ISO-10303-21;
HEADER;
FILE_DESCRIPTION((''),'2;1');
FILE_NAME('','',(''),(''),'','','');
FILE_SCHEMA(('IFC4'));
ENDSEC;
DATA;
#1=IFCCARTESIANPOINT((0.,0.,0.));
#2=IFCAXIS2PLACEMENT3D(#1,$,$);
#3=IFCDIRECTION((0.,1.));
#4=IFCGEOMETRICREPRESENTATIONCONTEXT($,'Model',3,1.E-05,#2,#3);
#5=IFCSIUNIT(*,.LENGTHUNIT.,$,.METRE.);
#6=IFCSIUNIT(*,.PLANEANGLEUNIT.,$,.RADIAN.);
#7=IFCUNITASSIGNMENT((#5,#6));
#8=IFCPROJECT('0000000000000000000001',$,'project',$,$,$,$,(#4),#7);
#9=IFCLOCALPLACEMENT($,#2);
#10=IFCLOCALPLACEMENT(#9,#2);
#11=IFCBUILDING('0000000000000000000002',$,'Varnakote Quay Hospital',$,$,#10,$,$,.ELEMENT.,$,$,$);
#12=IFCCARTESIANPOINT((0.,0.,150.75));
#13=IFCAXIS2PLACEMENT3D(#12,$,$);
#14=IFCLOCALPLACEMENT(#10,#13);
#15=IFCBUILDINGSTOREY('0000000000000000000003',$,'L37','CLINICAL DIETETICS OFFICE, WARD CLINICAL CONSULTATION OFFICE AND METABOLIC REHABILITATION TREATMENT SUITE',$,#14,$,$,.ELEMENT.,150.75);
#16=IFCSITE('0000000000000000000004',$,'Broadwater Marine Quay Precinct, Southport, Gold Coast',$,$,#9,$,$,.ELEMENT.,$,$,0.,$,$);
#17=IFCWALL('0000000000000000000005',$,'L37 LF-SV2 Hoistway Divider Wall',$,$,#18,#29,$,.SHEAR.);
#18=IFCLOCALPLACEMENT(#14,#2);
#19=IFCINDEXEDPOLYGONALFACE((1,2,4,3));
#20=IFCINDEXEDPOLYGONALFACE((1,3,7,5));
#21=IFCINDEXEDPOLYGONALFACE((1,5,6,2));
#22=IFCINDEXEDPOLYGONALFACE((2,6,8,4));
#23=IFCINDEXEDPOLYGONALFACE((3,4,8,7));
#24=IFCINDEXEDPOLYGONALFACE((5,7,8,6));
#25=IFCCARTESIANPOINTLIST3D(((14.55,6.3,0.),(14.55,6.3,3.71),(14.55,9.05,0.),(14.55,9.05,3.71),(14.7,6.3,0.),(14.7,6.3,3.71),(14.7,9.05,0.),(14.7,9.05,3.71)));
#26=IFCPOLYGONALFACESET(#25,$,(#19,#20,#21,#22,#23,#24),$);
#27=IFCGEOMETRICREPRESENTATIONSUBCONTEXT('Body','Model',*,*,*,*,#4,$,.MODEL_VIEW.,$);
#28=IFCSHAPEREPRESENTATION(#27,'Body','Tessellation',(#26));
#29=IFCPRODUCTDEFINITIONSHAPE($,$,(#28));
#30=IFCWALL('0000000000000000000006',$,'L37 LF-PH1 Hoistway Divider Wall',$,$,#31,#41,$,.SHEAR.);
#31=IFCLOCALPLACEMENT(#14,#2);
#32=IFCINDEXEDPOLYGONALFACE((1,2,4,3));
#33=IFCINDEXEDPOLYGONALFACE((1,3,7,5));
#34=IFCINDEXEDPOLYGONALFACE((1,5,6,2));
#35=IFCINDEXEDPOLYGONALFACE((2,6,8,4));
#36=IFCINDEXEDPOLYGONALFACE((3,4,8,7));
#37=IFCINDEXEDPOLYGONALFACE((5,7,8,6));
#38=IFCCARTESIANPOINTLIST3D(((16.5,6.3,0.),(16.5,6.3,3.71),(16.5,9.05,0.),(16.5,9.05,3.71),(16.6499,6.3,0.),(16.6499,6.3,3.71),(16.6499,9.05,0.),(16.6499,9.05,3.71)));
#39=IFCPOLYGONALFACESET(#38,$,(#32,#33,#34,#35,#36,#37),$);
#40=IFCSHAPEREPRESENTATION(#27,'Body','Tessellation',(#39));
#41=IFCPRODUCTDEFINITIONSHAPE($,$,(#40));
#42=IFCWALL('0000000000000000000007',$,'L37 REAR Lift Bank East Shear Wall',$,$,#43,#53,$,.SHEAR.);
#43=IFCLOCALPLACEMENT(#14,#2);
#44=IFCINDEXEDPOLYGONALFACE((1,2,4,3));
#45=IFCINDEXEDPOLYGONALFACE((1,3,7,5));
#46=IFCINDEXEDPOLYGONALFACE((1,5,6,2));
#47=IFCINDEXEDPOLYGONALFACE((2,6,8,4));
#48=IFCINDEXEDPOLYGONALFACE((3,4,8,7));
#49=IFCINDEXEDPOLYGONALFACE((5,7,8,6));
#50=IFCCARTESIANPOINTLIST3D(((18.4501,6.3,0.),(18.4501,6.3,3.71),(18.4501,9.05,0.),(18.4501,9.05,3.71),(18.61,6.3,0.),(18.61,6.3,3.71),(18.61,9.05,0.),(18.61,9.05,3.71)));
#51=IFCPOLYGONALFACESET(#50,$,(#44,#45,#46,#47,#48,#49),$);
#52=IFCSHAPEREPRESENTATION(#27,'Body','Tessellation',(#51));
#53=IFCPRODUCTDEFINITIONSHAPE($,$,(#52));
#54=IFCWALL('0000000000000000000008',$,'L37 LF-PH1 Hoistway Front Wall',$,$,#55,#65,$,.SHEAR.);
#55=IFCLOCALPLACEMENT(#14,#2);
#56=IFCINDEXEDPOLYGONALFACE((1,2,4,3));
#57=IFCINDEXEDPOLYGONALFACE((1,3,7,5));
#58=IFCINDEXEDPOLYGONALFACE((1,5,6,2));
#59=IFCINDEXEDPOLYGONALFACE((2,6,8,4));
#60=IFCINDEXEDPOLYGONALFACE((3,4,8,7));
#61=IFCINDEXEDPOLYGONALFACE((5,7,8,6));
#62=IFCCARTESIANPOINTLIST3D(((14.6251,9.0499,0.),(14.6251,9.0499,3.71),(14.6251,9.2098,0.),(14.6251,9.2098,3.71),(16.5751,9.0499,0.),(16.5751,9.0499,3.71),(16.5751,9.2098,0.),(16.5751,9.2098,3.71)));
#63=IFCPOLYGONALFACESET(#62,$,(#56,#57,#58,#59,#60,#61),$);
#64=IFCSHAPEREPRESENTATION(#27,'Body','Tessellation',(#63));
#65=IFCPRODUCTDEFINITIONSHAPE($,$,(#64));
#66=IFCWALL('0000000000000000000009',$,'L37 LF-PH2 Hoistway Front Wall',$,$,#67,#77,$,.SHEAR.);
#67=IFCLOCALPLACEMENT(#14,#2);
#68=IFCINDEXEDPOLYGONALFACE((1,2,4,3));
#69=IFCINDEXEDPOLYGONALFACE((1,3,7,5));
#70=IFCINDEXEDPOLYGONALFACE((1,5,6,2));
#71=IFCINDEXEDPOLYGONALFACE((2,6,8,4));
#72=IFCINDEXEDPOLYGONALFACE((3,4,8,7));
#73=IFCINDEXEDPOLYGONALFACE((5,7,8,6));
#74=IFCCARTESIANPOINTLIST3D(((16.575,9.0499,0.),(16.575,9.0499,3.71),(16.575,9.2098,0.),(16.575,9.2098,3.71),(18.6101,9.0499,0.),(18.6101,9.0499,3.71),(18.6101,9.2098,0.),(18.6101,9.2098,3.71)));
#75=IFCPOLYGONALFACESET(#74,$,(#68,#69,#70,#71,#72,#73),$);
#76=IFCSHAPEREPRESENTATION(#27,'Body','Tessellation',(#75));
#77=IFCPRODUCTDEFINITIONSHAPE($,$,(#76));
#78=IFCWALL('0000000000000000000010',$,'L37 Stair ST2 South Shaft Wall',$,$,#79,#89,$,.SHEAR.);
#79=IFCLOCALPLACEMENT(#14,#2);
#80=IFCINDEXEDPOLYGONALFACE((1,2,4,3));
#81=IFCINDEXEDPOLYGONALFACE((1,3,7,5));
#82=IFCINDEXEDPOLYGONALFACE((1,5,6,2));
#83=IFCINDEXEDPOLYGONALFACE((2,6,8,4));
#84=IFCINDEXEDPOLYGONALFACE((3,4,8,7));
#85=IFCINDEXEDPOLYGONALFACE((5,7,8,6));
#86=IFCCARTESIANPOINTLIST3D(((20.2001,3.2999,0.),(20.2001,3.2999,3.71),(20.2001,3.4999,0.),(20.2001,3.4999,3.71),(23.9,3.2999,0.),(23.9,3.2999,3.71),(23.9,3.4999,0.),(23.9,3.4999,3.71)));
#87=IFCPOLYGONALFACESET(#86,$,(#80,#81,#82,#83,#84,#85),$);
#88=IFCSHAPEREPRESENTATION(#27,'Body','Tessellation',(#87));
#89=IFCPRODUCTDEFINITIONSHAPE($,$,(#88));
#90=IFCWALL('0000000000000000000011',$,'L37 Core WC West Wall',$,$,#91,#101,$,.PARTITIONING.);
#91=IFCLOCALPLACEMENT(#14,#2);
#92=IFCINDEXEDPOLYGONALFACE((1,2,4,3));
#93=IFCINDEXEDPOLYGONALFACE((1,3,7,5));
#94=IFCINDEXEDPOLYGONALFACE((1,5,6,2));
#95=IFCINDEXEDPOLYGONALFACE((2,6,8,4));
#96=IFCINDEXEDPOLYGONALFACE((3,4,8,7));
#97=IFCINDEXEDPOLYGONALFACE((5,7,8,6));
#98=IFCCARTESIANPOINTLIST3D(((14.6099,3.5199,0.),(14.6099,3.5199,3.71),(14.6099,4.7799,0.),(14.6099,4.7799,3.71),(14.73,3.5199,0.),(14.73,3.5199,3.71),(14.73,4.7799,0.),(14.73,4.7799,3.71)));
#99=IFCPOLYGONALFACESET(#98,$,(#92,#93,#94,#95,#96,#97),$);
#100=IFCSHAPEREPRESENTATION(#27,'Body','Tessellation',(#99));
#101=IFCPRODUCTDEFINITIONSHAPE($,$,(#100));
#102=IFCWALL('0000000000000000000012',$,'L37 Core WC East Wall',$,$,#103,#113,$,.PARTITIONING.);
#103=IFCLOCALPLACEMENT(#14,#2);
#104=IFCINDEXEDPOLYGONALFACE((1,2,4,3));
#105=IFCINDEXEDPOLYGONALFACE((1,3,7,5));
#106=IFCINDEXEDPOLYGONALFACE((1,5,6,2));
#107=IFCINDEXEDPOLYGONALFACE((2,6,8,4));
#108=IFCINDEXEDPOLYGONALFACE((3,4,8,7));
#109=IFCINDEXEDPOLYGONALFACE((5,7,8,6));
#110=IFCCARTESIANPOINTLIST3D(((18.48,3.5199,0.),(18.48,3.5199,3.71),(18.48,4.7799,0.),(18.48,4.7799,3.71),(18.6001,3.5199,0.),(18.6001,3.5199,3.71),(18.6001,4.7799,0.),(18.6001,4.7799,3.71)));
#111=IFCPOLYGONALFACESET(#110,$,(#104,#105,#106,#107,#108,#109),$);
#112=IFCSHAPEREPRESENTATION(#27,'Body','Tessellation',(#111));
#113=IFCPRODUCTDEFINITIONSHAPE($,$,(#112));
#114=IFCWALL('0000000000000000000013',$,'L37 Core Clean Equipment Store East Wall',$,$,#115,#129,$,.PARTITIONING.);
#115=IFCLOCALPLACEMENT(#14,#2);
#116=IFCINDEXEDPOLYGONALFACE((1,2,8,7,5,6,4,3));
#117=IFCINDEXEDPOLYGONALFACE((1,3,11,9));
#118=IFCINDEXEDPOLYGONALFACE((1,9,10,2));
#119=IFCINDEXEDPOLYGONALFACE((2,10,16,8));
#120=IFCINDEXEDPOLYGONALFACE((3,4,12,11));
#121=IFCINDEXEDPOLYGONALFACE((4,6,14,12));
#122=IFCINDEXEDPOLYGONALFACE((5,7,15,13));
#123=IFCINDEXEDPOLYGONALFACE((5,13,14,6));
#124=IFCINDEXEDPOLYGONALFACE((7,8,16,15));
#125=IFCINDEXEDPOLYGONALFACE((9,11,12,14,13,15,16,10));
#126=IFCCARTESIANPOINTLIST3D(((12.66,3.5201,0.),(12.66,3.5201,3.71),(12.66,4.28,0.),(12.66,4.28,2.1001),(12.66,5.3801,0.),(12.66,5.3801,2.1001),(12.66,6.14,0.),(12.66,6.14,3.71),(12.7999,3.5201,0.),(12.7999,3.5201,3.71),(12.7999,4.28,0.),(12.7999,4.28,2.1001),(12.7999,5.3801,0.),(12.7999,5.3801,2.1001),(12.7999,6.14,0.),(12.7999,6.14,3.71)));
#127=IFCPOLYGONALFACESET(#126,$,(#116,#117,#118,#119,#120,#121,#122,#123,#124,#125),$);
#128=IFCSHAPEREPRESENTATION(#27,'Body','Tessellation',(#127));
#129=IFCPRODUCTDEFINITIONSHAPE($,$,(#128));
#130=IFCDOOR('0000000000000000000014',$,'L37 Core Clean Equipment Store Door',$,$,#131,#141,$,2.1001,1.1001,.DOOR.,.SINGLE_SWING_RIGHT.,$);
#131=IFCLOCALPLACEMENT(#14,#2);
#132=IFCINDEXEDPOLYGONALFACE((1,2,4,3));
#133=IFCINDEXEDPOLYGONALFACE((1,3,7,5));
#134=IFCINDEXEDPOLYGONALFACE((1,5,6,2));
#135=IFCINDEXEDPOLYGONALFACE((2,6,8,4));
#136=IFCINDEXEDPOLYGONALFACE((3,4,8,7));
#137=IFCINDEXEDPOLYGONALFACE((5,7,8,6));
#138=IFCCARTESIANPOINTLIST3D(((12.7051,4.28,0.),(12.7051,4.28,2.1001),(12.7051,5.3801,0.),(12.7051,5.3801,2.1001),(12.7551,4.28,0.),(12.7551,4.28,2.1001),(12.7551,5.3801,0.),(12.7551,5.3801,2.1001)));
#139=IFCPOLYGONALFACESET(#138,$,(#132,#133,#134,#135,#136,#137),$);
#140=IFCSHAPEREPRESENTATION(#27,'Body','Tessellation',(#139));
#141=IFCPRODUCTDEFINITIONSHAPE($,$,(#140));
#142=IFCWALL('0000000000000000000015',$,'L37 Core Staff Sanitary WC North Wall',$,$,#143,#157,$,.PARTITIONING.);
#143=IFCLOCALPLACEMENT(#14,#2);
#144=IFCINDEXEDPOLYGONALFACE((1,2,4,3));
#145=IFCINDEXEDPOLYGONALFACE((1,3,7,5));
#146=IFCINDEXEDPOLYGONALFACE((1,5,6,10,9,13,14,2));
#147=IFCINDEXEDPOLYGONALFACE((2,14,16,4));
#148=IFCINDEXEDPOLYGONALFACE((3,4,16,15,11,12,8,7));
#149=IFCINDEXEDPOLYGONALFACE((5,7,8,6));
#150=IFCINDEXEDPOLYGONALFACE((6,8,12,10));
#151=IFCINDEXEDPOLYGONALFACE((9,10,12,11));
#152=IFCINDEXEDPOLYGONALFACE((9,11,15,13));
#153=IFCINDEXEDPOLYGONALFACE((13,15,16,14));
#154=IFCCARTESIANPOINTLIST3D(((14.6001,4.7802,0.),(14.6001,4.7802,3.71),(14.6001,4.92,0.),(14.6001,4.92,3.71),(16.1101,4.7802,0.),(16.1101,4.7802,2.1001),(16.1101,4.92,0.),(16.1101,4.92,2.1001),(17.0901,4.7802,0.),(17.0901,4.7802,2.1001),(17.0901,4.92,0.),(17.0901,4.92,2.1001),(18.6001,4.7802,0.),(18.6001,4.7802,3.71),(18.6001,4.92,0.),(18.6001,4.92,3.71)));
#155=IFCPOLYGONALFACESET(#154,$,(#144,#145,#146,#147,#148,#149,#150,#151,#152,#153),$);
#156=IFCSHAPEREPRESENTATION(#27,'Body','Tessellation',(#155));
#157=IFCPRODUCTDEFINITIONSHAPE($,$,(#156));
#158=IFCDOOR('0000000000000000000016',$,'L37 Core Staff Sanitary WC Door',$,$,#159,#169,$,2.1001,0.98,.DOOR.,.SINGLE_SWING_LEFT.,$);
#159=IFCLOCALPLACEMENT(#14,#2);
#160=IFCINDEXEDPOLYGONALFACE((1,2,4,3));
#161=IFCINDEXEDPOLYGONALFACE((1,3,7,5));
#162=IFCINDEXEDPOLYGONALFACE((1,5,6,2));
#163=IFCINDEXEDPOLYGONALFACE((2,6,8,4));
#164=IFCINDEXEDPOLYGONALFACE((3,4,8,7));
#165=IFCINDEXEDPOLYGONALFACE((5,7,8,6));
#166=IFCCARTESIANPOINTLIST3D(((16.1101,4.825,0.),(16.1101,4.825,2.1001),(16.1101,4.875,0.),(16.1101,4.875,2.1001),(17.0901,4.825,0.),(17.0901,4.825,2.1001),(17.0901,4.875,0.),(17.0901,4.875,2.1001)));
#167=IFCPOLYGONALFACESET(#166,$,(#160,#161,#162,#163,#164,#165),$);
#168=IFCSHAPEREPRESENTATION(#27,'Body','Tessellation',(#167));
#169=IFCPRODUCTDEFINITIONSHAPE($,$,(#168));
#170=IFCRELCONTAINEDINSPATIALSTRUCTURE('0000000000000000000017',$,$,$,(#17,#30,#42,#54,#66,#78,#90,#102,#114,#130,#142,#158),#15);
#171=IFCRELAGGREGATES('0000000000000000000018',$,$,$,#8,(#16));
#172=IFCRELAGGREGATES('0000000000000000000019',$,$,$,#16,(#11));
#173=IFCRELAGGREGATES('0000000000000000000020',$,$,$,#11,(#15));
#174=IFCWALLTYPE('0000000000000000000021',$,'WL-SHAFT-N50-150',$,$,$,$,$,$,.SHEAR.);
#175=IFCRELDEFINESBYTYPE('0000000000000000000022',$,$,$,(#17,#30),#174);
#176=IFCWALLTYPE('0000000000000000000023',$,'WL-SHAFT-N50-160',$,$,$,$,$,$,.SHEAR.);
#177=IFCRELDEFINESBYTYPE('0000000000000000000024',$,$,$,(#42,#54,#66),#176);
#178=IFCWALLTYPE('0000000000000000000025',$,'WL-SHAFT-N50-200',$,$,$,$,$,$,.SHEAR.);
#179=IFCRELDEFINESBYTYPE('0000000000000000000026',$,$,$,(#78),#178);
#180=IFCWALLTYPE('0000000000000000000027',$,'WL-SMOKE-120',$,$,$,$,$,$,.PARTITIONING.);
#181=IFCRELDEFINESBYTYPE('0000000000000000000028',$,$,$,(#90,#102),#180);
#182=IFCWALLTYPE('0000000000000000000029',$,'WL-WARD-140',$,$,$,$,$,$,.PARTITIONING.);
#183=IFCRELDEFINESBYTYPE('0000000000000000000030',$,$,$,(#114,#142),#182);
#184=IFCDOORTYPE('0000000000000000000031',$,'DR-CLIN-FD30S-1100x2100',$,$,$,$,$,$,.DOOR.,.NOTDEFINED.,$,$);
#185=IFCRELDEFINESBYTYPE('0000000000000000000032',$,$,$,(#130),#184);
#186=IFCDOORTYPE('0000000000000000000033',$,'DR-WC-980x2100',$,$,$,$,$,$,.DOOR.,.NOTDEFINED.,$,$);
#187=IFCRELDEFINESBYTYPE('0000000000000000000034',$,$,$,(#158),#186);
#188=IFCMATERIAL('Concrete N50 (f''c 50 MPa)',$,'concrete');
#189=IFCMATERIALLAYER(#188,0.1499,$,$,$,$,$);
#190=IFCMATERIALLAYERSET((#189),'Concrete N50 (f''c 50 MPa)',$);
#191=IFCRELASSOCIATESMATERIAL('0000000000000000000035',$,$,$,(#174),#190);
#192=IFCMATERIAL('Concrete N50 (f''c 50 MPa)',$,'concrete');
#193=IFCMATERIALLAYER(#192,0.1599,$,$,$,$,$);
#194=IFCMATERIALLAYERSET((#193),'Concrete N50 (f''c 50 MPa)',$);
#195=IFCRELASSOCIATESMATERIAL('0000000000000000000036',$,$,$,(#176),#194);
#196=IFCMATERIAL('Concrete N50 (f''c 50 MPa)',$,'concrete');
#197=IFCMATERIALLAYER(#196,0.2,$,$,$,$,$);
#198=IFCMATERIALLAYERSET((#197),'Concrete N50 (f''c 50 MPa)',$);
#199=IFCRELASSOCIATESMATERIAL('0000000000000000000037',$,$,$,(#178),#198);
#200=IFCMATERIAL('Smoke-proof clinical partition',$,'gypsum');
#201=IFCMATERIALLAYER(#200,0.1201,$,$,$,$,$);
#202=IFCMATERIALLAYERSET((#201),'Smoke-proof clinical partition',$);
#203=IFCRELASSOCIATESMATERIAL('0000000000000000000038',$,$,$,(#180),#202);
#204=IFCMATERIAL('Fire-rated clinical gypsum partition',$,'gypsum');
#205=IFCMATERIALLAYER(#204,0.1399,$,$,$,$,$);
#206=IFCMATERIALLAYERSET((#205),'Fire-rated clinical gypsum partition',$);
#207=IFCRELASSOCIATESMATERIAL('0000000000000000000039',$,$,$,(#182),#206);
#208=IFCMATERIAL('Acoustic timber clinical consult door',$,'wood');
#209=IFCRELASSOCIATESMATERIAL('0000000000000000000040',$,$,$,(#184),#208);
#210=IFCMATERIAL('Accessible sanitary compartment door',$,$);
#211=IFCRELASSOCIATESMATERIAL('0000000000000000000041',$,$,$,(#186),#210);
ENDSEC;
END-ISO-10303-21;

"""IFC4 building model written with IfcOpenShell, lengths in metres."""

from ifc_helpers import new_model, si_unit, direction, frame, frame_2d, origin, place, context, subcontext, project, spatial, rectangle, extrude, material, layer, layer_set, type_object, element, fill, save


model = new_model("IFC4")

# Units and contexts
model_context = context("Model", 3, precision=1e-05, world=origin(), true_north=direction((0.0, 1.0)))
body_context = subcontext(model_context, "Body", "Model", "MODEL_VIEW")
ifc_project = project(units=[si_unit("LENGTHUNIT", "METRE"), si_unit("PLANEANGLEUNIT", "RADIAN")], contexts=[model_context])

# Site, building, storey
site_placement = place(None, origin())
site = spatial("IfcSite", under=ifc_project, at=site_placement, Name="Broadwater Marine Quay Precinct, Southport, Gold Coast", CompositionType="ELEMENT", RefElevation=0.0)
building_placement = place(site_placement, origin())
building = spatial("IfcBuilding", under=site, at=building_placement, Name="Varnakote Quay Hospital", CompositionType="ELEMENT")
storey_placement = place(building_placement, frame((0.0, 0.0, 150.75)))
storey = spatial("IfcBuildingStorey", under=building, at=storey_placement, Name="L37", Description="CLINICAL DIETETICS OFFICE, WARD CLINICAL CONSULTATION OFFICE AND METABOLIC REHABILITATION TREATMENT SUITE", CompositionType="ELEMENT", Elevation=150.75)

# Walls
ifc_material_1 = material(Name="Concrete N50 (f'c 50 MPa)", Category="concrete")
ifc_layer_1 = layer(ifc_material_1, 0.1499)
ifc_layer_set_1 = layer_set([ifc_layer_1], Name="Concrete N50 (f'c 50 MPa)")
wall_type_1 = type_object("IfcWallType", Name="WL-SHAFT-N50-150", PredefinedType="SHEAR", material=ifc_layer_set_1)
for number, where, z_axis, x_axis, name in (
    (1, (14.625, 6.3, 0.0), (0.0, 0.0, 1.0), (0.0, 1.0, 0.0), "L37 LF-SV2 Hoistway Divider Wall"),
    (2, (16.575, 6.3, 0.0), (0.0, 0.0, 1.0), (0.0, 1.0, 0.0), "L37 LF-PH1 Hoistway Divider Wall"),
):
    element("IfcWall", number, at=place(storey_placement, frame(where, z_axis=z_axis, x_axis=x_axis)), inside=storey, type_object=wall_type_1, Name=name, PredefinedType="SHEAR", context=body_context, shape_type="SweptSolid", body=[
        extrude(rectangle(XDim=2.75, YDim=0.1499, at=frame_2d((1.375, 0.0))), origin(), (0.0, 0.0, 1.0), 3.71),
    ])
ifc_material_2 = material(Name="Concrete N50 (f'c 50 MPa)", Category="concrete")
ifc_layer_2 = layer(ifc_material_2, 0.1599)
ifc_layer_set_2 = layer_set([ifc_layer_2], Name="Concrete N50 (f'c 50 MPa)")
wall_type_2 = type_object("IfcWallType", Name="WL-SHAFT-N50-160", PredefinedType="SHEAR", material=ifc_layer_set_2)
wall_1_placement = place(storey_placement, frame((18.53, 6.3, 0.0), z_axis=(0.0, 0.0, 1.0), x_axis=(0.0, 1.0, 0.0)))
element("IfcWall", 3, at=wall_1_placement, inside=storey, type_object=wall_type_2, Name="L37 REAR Lift Bank East Shear Wall", PredefinedType="SHEAR", context=body_context, shape_type="SweptSolid", body=[
    extrude(rectangle(XDim=2.75, YDim=0.1599, at=frame_2d((1.375, 0.0))), origin(), (0.0, 0.0, 1.0), 3.71),
])

# Walls
wall_2_placement = place(storey_placement, frame((14.625, 9.1299, 0.0), z_axis=(0.0, 0.0, 1.0), x_axis=(1.0, 0.0, 0.0)))
element("IfcWall", 4, at=wall_2_placement, inside=storey, type_object=wall_type_2, Name="L37 LF-PH1 Hoistway Front Wall", PredefinedType="SHEAR", context=body_context, shape_type="SweptSolid", body=[
    extrude(rectangle(XDim=1.95, YDim=0.1599, at=frame_2d((0.9751, 0.0))), origin(), (0.0, 0.0, 1.0), 3.71),
])
wall_3_placement = place(storey_placement, frame((16.575, 9.1299, 0.0), z_axis=(0.0, 0.0, 1.0), x_axis=(1.0, 0.0, 0.0)))
element("IfcWall", 5, at=wall_3_placement, inside=storey, type_object=wall_type_2, Name="L37 LF-PH2 Hoistway Front Wall", PredefinedType="SHEAR", context=body_context, shape_type="SweptSolid", body=[
    extrude(rectangle(XDim=2.0352, YDim=0.1599, at=frame_2d((1.0176, 0.0))), origin(), (0.0, 0.0, 1.0), 3.71),
])
ifc_material_3 = material(Name="Concrete N50 (f'c 50 MPa)", Category="concrete")
ifc_layer_3 = layer(ifc_material_3, 0.2)
ifc_layer_set_3 = layer_set([ifc_layer_3], Name="Concrete N50 (f'c 50 MPa)")
wall_type_3 = type_object("IfcWallType", Name="WL-SHAFT-N50-200", PredefinedType="SHEAR", material=ifc_layer_set_3)
wall_4_placement = place(storey_placement, frame((20.2, 3.3999, 0.0), z_axis=(0.0, 0.0, 1.0), x_axis=(1.0, 0.0, 0.0)))
element("IfcWall", 6, at=wall_4_placement, inside=storey, type_object=wall_type_3, Name="L37 Stair ST2 South Shaft Wall", PredefinedType="SHEAR", context=body_context, shape_type="SweptSolid", body=[
    extrude(rectangle(XDim=3.7, YDim=0.2, at=frame_2d((1.8501, 0.0))), origin(), (0.0, 0.0, 1.0), 3.71),
])

# Walls
ifc_material_4 = material(Name="Smoke-proof clinical partition", Category="gypsum")
ifc_layer_4 = layer(ifc_material_4, 0.1201)
ifc_layer_set_4 = layer_set([ifc_layer_4], Name="Smoke-proof clinical partition")
wall_type_4 = type_object("IfcWallType", Name="WL-SMOKE-120", PredefinedType="PARTITIONING", material=ifc_layer_set_4)
for number, where, z_axis, x_axis, name in (
    (7, (14.6699, 3.52, 0.0), (0.0, 0.0, 1.0), (0.0, 1.0, 0.0), "L37 Core WC West Wall"),
    (8, (18.54, 3.52, 0.0), (0.0, 0.0, 1.0), (0.0, 1.0, 0.0), "L37 Core WC East Wall"),
):
    element("IfcWall", number, at=place(storey_placement, frame(where, z_axis=z_axis, x_axis=x_axis)), inside=storey, type_object=wall_type_4, Name=name, PredefinedType="PARTITIONING", context=body_context, shape_type="SweptSolid", body=[
        extrude(rectangle(XDim=1.26, YDim=0.1201, at=frame_2d((0.6299, 0.0))), origin(), (0.0, 0.0, 1.0), 3.71),
    ])

# Walls, openings, doors
ifc_material_5 = material(Name="Fire-rated clinical gypsum partition", Category="gypsum")
ifc_layer_5 = layer(ifc_material_5, 0.1399)
ifc_layer_set_5 = layer_set([ifc_layer_5], Name="Fire-rated clinical gypsum partition")
wall_type_5 = type_object("IfcWallType", Name="WL-WARD-140", PredefinedType="PARTITIONING", material=ifc_layer_set_5)
wall_5_placement = place(storey_placement, frame((12.73, 3.52, 0.0), z_axis=(0.0, 0.0, 1.0), x_axis=(0.0, 1.0, 0.0)))
wall_5 = element("IfcWall", 9, at=wall_5_placement, inside=storey, type_object=wall_type_5, Name="L37 Core Clean Equipment Store East Wall", PredefinedType="PARTITIONING", context=body_context, shape_type="SweptSolid", body=[
    extrude(rectangle(XDim=2.6199, YDim=0.1399, at=frame_2d((1.3101, 0.0))), origin(), (0.0, 0.0, 1.0), 3.71),
])
opening_1_placement = place(wall_5_placement, frame((0.76, 0.0, 0.0)))
opening_1 = element("IfcOpeningElement", 10, at=opening_1_placement, cuts=wall_5, PredefinedType="OPENING", context=body_context, shape_type="SweptSolid", body=[
    extrude(rectangle(XDim=1.1001, YDim=2.1001, at=frame_2d((0.55, 1.05))), frame((0.0, 0.0798, 0.0), z_axis=(0.0, -1.0, 0.0), x_axis=(1.0, 0.0, 0.0)), (0.0, 0.0, 1.0), 0.1599),
])
ifc_material_6 = material(Name="Acoustic timber clinical consult door", Category="wood")
door_type_1 = type_object("IfcDoorType", Name="DR-CLIN-FD30S-1100x2100", OperationType="NOTDEFINED", PredefinedType="DOOR", material=ifc_material_6)
door_1_placement = place(opening_1_placement, origin())
door_1 = element("IfcDoor", 11, at=door_1_placement, inside=storey, type_object=door_type_1, Name="L37 Core Clean Equipment Store Door", OperationType="SINGLE_SWING_RIGHT", OverallHeight=2.1001, OverallWidth=1.1001, PredefinedType="DOOR", context=body_context, shape_type="SweptSolid", body=[
    extrude(rectangle(XDim=1.1001, YDim=2.1001, at=frame_2d((0.55, 1.05))), frame((0.0, 0.0249, 0.0), z_axis=(0.0, -1.0, 0.0), x_axis=(1.0, 0.0, 0.0)), (0.0, 0.0, 1.0), 0.05),
])
fill(opening_1, door_1)
wall_6_placement = place(storey_placement, frame((14.6001, 4.8501, 0.0), z_axis=(0.0, 0.0, 1.0), x_axis=(1.0, 0.0, 0.0)))
wall_6 = element("IfcWall", 12, at=wall_6_placement, inside=storey, type_object=wall_type_5, Name="L37 Core Staff Sanitary WC North Wall", PredefinedType="PARTITIONING", context=body_context, shape_type="SweptSolid", body=[
    extrude(rectangle(XDim=4.0, YDim=0.1399, at=frame_2d((2.0, 0.0))), origin(), (0.0, 0.0, 1.0), 3.71),
])
opening_2_placement = place(wall_6_placement, frame((1.51, 0.0, 0.0)))
opening_2 = element("IfcOpeningElement", 13, at=opening_2_placement, cuts=wall_6, PredefinedType="OPENING", context=body_context, shape_type="SweptSolid", body=[
    extrude(rectangle(XDim=0.98, YDim=2.1001, at=frame_2d((0.49, 1.05))), frame((0.0, 0.0798, 0.0), z_axis=(0.0, -1.0, 0.0), x_axis=(1.0, 0.0, 0.0)), (0.0, 0.0, 1.0), 0.1599),
])
ifc_material_7 = material(Name="Accessible sanitary compartment door")
door_type_2 = type_object("IfcDoorType", Name="DR-WC-980x2100", OperationType="NOTDEFINED", PredefinedType="DOOR", material=ifc_material_7)
door_2_placement = place(opening_2_placement, origin())
door_2 = element("IfcDoor", 14, at=door_2_placement, inside=storey, type_object=door_type_2, Name="L37 Core Staff Sanitary WC Door", OperationType="SINGLE_SWING_LEFT", OverallHeight=2.1001, OverallWidth=0.98, PredefinedType="DOOR", context=body_context, shape_type="SweptSolid", body=[
    extrude(rectangle(XDim=0.98, YDim=2.1001, at=frame_2d((0.49, 1.05))), frame((0.0, 0.0249, 0.0), z_axis=(0.0, -1.0, 0.0), x_axis=(1.0, 0.0, 0.0)), (0.0, 0.0, 1.0), 0.05),
])
fill(opening_2, door_2)

save(model, "model.ifc")
